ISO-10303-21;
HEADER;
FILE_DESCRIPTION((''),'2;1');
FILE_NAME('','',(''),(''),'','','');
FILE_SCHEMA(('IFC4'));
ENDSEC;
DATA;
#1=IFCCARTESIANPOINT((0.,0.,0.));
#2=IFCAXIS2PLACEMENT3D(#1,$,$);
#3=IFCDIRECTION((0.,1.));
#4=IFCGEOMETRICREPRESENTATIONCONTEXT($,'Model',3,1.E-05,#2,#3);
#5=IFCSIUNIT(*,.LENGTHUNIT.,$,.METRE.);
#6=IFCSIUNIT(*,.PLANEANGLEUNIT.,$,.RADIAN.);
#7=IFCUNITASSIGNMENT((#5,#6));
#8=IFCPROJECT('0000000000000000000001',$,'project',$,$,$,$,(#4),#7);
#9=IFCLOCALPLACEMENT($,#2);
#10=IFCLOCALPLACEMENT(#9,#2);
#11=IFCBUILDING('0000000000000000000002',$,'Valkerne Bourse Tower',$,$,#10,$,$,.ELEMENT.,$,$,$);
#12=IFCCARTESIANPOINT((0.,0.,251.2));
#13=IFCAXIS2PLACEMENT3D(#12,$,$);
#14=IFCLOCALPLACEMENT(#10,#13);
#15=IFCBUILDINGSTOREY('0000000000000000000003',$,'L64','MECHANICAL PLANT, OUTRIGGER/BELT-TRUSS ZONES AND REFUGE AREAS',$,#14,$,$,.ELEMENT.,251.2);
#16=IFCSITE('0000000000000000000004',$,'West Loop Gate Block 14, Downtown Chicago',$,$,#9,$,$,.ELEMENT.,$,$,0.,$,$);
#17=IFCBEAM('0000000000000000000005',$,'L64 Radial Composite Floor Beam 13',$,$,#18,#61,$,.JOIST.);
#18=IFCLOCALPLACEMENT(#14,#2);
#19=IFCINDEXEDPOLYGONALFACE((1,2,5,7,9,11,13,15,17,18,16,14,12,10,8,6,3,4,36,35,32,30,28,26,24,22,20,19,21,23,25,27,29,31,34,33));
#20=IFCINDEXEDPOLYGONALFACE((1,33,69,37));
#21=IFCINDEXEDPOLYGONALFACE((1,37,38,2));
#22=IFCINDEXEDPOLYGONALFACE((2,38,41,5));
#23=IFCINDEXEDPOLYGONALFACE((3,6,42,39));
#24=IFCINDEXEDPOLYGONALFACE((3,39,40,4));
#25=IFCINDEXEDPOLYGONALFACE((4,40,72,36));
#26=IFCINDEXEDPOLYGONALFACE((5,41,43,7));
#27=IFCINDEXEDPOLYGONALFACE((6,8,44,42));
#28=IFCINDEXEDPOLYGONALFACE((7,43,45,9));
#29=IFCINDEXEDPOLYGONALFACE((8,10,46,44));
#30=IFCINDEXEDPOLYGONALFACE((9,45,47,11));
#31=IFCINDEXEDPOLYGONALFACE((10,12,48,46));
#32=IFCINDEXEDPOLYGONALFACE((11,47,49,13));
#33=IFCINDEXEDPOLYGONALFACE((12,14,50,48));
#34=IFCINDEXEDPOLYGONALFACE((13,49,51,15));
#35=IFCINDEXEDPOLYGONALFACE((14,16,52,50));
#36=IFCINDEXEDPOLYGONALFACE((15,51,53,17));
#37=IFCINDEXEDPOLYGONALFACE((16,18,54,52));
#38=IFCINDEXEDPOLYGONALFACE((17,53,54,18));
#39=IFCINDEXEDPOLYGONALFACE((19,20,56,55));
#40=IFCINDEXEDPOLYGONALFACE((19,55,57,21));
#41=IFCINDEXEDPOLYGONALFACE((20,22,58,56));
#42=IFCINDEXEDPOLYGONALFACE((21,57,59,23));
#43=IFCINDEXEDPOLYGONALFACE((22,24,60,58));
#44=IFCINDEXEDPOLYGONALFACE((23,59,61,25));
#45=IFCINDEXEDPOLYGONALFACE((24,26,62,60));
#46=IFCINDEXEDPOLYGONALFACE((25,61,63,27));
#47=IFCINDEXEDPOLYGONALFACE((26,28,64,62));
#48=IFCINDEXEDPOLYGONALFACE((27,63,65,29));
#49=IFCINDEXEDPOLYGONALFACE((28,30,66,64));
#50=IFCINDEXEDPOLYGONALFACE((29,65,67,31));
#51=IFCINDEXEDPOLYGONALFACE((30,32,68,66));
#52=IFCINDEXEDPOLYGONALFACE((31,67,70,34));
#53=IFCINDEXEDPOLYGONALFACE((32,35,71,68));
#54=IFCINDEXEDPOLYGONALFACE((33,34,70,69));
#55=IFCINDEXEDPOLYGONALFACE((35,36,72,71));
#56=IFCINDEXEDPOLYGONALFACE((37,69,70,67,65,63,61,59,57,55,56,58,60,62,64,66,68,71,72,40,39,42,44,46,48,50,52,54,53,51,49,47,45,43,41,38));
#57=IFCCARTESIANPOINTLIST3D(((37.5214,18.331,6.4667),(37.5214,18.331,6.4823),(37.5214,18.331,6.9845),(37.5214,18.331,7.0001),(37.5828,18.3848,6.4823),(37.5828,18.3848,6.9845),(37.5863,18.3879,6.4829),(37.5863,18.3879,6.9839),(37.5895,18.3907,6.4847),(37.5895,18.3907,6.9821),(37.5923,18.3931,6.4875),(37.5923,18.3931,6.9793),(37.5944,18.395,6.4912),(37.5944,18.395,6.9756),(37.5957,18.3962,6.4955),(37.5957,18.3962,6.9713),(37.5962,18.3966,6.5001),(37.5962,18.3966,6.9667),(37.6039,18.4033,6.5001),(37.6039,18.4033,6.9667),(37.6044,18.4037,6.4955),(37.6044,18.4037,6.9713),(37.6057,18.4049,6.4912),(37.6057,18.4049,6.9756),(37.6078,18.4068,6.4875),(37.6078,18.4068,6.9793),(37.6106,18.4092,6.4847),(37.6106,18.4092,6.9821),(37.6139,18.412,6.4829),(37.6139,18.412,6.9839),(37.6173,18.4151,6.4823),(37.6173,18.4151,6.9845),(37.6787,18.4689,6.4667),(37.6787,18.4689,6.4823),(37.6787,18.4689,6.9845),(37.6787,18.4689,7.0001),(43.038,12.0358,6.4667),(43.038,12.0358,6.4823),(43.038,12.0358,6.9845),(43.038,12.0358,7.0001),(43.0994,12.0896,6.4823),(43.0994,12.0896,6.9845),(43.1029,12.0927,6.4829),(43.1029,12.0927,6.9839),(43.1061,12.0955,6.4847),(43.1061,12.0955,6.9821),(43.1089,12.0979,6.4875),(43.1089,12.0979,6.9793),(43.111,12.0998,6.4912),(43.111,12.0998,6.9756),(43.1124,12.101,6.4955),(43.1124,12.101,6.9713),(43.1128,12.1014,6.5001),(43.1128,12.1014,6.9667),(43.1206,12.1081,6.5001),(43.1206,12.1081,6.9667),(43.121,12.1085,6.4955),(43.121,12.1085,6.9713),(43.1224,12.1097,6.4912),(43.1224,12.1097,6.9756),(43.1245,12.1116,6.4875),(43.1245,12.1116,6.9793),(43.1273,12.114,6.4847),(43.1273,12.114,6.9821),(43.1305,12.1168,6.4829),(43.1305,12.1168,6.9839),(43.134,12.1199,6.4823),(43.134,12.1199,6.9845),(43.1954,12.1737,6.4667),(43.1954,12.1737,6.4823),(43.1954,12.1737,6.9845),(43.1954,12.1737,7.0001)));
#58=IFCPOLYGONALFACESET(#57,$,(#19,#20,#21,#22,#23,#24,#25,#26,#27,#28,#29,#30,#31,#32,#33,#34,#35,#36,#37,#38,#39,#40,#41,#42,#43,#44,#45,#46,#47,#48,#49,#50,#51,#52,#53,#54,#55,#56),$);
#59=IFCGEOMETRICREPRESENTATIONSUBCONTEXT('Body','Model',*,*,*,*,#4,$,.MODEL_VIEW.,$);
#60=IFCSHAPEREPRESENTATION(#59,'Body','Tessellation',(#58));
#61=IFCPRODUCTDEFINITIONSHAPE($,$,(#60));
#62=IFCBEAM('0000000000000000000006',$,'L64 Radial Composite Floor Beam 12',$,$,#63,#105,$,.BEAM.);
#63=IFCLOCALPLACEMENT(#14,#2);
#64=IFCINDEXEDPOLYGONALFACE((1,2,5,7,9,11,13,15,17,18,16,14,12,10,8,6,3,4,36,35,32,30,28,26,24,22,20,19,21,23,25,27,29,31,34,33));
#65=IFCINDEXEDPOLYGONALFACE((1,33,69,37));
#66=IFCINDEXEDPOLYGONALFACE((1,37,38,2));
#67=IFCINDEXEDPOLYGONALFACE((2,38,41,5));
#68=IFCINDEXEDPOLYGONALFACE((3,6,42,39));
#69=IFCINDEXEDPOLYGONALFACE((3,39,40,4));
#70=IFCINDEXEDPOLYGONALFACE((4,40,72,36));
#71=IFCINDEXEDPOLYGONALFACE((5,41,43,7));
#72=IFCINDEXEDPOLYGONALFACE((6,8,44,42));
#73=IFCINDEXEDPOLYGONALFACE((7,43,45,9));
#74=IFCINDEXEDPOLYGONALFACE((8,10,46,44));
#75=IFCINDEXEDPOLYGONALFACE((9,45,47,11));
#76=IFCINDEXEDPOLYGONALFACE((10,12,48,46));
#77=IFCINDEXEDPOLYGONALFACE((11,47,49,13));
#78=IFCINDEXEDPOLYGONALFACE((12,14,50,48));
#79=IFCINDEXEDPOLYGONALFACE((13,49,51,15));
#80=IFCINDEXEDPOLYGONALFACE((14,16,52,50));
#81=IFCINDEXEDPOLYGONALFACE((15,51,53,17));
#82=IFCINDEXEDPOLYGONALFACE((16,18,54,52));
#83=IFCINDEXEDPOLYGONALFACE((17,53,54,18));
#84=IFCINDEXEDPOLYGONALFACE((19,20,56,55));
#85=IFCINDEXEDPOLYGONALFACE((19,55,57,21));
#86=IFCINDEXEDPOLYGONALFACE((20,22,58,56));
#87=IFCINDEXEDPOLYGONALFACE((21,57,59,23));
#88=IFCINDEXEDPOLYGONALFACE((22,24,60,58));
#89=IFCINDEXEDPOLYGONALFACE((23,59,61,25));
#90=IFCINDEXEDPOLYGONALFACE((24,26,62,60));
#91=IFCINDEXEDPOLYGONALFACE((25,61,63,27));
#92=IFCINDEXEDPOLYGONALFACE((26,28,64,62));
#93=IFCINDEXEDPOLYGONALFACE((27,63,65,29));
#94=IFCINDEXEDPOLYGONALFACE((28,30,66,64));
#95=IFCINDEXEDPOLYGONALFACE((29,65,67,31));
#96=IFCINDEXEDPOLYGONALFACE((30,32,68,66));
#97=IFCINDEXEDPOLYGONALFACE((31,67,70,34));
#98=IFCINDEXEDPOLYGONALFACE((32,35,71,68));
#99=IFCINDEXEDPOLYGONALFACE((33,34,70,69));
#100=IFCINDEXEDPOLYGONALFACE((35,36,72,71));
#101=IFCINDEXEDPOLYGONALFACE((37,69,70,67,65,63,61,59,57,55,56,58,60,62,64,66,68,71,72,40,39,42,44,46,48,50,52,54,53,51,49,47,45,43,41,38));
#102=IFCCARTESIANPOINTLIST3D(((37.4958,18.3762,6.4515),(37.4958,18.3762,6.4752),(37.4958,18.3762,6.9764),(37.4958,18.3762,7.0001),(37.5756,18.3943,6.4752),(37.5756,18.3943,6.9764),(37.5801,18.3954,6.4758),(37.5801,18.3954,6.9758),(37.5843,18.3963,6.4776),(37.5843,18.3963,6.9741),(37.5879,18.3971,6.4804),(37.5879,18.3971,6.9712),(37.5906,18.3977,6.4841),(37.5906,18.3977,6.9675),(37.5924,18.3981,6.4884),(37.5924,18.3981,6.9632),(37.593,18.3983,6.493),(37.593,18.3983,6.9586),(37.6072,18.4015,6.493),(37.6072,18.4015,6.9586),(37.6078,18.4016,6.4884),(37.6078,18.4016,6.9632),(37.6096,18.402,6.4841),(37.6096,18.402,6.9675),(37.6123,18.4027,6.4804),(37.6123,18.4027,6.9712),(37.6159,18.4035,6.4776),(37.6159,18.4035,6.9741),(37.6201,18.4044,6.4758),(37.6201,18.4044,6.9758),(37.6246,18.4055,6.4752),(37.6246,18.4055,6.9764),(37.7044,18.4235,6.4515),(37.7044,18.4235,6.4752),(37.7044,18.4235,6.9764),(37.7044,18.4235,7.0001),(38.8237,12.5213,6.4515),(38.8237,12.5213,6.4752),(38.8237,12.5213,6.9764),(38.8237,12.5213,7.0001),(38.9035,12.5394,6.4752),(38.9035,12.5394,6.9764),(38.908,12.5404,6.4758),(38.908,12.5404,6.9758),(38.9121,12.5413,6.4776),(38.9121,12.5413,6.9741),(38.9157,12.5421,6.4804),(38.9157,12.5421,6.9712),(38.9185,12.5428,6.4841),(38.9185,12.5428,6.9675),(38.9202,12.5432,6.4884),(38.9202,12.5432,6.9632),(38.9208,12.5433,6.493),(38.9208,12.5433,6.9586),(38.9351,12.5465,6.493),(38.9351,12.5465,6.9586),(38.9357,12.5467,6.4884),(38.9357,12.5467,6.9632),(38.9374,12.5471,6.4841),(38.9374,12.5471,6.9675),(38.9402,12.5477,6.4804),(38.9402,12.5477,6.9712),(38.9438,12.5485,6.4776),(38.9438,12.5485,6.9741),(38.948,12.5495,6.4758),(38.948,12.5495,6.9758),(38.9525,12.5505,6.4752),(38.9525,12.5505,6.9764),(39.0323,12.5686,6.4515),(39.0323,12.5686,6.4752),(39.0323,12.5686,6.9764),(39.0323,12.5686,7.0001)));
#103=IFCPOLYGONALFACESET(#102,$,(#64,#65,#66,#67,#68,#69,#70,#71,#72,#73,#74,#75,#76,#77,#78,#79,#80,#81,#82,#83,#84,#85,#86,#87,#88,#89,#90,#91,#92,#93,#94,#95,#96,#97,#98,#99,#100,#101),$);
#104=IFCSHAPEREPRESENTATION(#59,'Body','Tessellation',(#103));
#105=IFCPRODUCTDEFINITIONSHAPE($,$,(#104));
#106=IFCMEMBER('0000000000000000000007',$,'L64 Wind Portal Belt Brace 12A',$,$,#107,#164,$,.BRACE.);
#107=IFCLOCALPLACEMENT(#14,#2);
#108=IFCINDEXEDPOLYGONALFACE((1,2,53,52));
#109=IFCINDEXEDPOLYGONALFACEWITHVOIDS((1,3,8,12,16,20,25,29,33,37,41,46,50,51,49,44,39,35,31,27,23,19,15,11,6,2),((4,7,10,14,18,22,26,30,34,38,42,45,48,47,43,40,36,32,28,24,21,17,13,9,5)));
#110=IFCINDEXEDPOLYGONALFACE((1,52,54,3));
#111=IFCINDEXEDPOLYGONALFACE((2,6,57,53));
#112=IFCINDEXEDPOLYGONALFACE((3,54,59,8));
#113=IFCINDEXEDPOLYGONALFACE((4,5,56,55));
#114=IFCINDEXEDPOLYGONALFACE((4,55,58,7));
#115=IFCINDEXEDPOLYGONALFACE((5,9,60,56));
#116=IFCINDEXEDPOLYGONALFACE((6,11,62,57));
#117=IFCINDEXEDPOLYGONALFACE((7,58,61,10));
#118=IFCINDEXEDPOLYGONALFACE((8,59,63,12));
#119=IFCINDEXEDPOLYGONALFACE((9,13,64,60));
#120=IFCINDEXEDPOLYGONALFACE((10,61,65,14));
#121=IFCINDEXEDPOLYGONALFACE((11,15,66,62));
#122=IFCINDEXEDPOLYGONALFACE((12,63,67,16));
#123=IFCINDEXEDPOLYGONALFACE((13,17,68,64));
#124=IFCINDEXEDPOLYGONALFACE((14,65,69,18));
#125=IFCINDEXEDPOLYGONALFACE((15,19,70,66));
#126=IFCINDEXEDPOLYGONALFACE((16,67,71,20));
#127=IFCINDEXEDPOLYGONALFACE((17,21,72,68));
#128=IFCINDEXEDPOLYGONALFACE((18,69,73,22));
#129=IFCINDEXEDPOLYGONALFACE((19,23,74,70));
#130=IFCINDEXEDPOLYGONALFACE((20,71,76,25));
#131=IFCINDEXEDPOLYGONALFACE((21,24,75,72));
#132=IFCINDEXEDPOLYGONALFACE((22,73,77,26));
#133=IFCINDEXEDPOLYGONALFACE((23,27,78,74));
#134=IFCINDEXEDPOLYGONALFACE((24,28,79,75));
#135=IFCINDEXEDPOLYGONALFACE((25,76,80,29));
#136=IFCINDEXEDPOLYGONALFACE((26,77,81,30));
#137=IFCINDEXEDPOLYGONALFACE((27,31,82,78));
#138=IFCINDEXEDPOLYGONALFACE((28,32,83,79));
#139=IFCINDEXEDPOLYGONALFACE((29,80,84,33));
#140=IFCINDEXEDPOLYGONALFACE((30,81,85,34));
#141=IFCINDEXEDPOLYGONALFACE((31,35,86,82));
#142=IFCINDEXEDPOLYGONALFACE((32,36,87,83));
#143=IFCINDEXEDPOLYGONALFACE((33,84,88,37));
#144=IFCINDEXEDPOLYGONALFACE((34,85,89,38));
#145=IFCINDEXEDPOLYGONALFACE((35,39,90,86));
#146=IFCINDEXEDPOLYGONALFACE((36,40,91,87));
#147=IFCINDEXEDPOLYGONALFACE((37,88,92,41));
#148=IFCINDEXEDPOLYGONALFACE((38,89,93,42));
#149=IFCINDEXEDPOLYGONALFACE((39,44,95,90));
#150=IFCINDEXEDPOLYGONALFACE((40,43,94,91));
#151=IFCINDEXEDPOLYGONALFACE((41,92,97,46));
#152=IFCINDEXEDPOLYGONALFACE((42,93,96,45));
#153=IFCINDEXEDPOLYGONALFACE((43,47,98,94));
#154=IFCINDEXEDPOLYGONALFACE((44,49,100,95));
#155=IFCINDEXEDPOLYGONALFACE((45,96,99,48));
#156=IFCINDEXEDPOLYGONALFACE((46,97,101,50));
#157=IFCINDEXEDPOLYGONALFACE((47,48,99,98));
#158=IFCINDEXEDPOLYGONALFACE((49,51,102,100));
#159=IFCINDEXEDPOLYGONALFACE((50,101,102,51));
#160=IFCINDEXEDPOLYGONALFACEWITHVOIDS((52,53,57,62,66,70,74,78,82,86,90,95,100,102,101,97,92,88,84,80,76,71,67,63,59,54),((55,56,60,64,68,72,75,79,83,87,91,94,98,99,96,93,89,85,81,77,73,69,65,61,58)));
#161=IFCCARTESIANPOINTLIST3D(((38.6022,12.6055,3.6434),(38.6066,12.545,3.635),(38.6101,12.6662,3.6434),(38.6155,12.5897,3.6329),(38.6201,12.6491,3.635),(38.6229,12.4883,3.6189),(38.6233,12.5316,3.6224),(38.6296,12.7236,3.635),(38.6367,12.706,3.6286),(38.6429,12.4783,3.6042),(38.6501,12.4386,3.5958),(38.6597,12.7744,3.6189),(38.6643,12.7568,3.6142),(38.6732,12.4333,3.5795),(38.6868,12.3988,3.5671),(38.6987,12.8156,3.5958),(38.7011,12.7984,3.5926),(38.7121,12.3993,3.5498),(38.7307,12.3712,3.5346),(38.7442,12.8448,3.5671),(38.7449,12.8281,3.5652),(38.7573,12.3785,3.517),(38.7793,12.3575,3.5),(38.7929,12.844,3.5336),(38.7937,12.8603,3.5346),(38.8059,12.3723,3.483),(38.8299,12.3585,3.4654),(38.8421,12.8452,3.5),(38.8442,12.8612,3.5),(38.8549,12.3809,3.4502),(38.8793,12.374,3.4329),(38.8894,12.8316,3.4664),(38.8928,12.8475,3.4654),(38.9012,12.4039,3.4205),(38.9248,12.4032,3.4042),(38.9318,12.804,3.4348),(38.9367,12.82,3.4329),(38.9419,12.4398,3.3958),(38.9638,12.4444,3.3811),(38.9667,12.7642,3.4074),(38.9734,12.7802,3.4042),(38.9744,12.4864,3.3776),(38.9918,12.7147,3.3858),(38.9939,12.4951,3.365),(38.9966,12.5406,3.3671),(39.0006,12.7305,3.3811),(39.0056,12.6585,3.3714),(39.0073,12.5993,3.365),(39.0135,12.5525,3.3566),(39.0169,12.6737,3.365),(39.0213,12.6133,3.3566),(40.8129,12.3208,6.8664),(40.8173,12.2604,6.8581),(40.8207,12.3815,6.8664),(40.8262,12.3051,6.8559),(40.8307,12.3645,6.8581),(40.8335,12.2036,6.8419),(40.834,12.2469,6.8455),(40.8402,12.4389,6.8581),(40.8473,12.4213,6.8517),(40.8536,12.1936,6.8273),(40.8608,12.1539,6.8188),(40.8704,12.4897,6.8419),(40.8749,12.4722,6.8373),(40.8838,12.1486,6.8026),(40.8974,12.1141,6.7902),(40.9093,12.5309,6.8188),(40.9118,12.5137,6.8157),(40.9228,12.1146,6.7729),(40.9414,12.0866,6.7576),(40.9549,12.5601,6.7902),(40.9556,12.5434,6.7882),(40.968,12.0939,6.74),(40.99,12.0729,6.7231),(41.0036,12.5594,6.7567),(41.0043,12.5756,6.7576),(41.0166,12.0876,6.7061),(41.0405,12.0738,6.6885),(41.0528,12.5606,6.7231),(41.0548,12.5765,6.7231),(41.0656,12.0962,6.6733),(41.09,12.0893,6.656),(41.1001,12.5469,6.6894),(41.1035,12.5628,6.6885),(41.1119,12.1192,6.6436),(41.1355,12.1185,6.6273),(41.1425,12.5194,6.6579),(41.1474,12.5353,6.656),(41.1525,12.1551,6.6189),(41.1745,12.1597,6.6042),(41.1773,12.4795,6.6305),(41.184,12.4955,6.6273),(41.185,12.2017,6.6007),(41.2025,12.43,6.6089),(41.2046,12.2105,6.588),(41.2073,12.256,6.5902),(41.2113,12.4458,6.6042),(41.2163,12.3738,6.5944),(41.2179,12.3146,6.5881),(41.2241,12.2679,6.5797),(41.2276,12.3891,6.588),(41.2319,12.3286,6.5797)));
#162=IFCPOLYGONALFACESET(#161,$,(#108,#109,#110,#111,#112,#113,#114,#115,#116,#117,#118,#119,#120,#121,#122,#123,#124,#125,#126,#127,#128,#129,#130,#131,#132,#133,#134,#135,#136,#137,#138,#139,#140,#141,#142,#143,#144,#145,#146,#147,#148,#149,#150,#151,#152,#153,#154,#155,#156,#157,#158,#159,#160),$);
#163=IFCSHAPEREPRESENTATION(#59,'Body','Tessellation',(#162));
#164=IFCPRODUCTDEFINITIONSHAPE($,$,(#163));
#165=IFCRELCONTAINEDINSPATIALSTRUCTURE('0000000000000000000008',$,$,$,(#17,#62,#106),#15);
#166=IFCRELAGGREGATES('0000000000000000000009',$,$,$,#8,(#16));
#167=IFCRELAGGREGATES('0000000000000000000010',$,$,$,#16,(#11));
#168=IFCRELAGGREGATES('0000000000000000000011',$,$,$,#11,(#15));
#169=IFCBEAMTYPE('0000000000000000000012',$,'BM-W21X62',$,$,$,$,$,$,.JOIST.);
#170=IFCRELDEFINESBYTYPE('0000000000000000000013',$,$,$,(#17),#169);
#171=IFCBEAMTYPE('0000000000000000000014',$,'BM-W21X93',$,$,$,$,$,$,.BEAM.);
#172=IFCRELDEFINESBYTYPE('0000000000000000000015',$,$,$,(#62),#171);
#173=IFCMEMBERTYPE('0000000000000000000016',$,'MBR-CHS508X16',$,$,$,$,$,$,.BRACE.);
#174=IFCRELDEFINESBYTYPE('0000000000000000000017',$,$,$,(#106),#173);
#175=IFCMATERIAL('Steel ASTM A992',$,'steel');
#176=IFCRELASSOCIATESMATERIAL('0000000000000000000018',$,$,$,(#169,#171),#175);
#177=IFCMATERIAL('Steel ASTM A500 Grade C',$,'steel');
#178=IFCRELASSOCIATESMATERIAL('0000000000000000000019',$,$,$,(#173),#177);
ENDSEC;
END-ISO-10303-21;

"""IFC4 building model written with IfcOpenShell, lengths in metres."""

from ifc_helpers import new_model, si_unit, direction, frame, origin, origin_2d, place, context, subcontext, project, spatial, hollow_circle, i_section, extrude, material, material_profile, profile_set, type_object, element, save


model = new_model("IFC4")

# Units and contexts
model_context = context("Model", 3, precision=1e-05, world=origin(), true_north=direction((0.0, 1.0)))
body_context = subcontext(model_context, "Body", "Model", "MODEL_VIEW")
ifc_project = project(units=[si_unit("LENGTHUNIT", "METRE"), si_unit("PLANEANGLEUNIT", "RADIAN")], contexts=[model_context])

# Site, building, storey
site_placement = place(None, origin())
site = spatial("IfcSite", under=ifc_project, at=site_placement, Name="West Loop Gate Block 14, Downtown Chicago", CompositionType="ELEMENT", RefElevation=0.0)
building_placement = place(site_placement, origin())
building = spatial("IfcBuilding", under=site, at=building_placement, Name="Valkerne Bourse Tower", CompositionType="ELEMENT")
storey_placement = place(building_placement, frame((0.0, 0.0, 251.2)))
storey = spatial("IfcBuildingStorey", under=building, at=storey_placement, Name="L64", Description="MECHANICAL PLANT, OUTRIGGER/BELT-TRUSS ZONES AND REFUGE AREAS", CompositionType="ELEMENT", Elevation=251.2)

# Beams
ifc_material_1 = material(Name="Steel ASTM A992", Category="steel")
ifc_material_profile_1 = material_profile(ifc_material_1, i_section(OverallWidth=0.2092, OverallDepth=0.5334, WebThickness=0.0103, FlangeThickness=0.0156, FilletRadius=0.0178, at=origin_2d()), Name="W21X62")
ifc_profile_set_1 = profile_set([ifc_material_profile_1], Name="Steel ASTM A992")
beam_type_1 = type_object("IfcBeamType", Name="BM-W21X62", PredefinedType="JOIST", material=ifc_profile_set_1)
beam_1_placement = place(storey_placement, frame((43.1167, 12.1047, 6.7334), z_axis=(-0.659068, 0.752083, 0.0), x_axis=(-0.752083, -0.659068, 0.0)))
element("IfcBeam", 1, at=beam_1_placement, inside=storey, type_object=beam_type_1, Name="L64 Radial Composite Floor Beam 13", PredefinedType="JOIST", context=body_context, shape_type="SweptSolid", body=[
    extrude(i_section(OverallWidth=0.2092, OverallDepth=0.5334, WebThickness=0.0103, FlangeThickness=0.0156, FilletRadius=0.0178, at=origin_2d()), origin(), (0.0, 0.0, 1.0), 8.3704),
])
ifc_material_profile_2 = material_profile(ifc_material_1, i_section(OverallWidth=0.2139, OverallDepth=0.5486, WebThickness=0.0146, FlangeThickness=0.0237, FilletRadius=0.0178, at=origin_2d()), Name="W21X93")
ifc_profile_set_2 = profile_set([ifc_material_profile_2], Name="Steel ASTM A992")
beam_type_2 = type_object("IfcBeamType", Name="BM-W21X93", PredefinedType="BEAM", material=ifc_profile_set_2)
beam_2_placement = place(storey_placement, frame((38.928, 12.5449, 6.7258), z_axis=(-0.221178, 0.975233, 0.0), x_axis=(-0.975233, -0.221178, 0.0)))
element("IfcBeam", 2, at=beam_2_placement, inside=storey, type_object=beam_type_2, Name="L64 Radial Composite Floor Beam 12", PredefinedType="BEAM", context=body_context, shape_type="SweptSolid", body=[
    extrude(i_section(OverallWidth=0.2139, OverallDepth=0.5486, WebThickness=0.0146, FlangeThickness=0.0237, FilletRadius=0.0178, at=origin_2d()), origin(), (0.0, 0.0, 1.0), 6.0037),
])

# Member
ifc_material_2 = material(Name="Steel ASTM A500 Grade C", Category="steel")
ifc_material_profile_3 = material_profile(ifc_material_2, hollow_circle(Radius=0.2539, WallThickness=0.0161, at=origin_2d()), Name="CHS508X16")
ifc_profile_set_3 = profile_set([ifc_material_profile_3], Name="Steel ASTM A500 Grade C")
member_type_1 = type_object("IfcMemberType", Name="MBR-CHS508X16", PredefinedType="BRACE", material=ifc_profile_set_3)
member_1_placement = place(storey_placement, frame((38.8118, 12.6094, 3.5), z_axis=(0.564127, -0.072642, 0.822486), x_axis=(0.127714, 0.991811, 0.0)))
element("IfcMember", 3, at=member_1_placement, inside=storey, type_object=member_type_1, Name="L64 Wind Portal Belt Brace 12A", PredefinedType="BRACE", context=body_context, shape_type="SweptSolid", body=[
    extrude(hollow_circle(Radius=0.2539, WallThickness=0.0161, at=origin_2d()), origin(), (0.0, 0.0, 1.0), 3.9187),
])

save(model, "model.ifc")
